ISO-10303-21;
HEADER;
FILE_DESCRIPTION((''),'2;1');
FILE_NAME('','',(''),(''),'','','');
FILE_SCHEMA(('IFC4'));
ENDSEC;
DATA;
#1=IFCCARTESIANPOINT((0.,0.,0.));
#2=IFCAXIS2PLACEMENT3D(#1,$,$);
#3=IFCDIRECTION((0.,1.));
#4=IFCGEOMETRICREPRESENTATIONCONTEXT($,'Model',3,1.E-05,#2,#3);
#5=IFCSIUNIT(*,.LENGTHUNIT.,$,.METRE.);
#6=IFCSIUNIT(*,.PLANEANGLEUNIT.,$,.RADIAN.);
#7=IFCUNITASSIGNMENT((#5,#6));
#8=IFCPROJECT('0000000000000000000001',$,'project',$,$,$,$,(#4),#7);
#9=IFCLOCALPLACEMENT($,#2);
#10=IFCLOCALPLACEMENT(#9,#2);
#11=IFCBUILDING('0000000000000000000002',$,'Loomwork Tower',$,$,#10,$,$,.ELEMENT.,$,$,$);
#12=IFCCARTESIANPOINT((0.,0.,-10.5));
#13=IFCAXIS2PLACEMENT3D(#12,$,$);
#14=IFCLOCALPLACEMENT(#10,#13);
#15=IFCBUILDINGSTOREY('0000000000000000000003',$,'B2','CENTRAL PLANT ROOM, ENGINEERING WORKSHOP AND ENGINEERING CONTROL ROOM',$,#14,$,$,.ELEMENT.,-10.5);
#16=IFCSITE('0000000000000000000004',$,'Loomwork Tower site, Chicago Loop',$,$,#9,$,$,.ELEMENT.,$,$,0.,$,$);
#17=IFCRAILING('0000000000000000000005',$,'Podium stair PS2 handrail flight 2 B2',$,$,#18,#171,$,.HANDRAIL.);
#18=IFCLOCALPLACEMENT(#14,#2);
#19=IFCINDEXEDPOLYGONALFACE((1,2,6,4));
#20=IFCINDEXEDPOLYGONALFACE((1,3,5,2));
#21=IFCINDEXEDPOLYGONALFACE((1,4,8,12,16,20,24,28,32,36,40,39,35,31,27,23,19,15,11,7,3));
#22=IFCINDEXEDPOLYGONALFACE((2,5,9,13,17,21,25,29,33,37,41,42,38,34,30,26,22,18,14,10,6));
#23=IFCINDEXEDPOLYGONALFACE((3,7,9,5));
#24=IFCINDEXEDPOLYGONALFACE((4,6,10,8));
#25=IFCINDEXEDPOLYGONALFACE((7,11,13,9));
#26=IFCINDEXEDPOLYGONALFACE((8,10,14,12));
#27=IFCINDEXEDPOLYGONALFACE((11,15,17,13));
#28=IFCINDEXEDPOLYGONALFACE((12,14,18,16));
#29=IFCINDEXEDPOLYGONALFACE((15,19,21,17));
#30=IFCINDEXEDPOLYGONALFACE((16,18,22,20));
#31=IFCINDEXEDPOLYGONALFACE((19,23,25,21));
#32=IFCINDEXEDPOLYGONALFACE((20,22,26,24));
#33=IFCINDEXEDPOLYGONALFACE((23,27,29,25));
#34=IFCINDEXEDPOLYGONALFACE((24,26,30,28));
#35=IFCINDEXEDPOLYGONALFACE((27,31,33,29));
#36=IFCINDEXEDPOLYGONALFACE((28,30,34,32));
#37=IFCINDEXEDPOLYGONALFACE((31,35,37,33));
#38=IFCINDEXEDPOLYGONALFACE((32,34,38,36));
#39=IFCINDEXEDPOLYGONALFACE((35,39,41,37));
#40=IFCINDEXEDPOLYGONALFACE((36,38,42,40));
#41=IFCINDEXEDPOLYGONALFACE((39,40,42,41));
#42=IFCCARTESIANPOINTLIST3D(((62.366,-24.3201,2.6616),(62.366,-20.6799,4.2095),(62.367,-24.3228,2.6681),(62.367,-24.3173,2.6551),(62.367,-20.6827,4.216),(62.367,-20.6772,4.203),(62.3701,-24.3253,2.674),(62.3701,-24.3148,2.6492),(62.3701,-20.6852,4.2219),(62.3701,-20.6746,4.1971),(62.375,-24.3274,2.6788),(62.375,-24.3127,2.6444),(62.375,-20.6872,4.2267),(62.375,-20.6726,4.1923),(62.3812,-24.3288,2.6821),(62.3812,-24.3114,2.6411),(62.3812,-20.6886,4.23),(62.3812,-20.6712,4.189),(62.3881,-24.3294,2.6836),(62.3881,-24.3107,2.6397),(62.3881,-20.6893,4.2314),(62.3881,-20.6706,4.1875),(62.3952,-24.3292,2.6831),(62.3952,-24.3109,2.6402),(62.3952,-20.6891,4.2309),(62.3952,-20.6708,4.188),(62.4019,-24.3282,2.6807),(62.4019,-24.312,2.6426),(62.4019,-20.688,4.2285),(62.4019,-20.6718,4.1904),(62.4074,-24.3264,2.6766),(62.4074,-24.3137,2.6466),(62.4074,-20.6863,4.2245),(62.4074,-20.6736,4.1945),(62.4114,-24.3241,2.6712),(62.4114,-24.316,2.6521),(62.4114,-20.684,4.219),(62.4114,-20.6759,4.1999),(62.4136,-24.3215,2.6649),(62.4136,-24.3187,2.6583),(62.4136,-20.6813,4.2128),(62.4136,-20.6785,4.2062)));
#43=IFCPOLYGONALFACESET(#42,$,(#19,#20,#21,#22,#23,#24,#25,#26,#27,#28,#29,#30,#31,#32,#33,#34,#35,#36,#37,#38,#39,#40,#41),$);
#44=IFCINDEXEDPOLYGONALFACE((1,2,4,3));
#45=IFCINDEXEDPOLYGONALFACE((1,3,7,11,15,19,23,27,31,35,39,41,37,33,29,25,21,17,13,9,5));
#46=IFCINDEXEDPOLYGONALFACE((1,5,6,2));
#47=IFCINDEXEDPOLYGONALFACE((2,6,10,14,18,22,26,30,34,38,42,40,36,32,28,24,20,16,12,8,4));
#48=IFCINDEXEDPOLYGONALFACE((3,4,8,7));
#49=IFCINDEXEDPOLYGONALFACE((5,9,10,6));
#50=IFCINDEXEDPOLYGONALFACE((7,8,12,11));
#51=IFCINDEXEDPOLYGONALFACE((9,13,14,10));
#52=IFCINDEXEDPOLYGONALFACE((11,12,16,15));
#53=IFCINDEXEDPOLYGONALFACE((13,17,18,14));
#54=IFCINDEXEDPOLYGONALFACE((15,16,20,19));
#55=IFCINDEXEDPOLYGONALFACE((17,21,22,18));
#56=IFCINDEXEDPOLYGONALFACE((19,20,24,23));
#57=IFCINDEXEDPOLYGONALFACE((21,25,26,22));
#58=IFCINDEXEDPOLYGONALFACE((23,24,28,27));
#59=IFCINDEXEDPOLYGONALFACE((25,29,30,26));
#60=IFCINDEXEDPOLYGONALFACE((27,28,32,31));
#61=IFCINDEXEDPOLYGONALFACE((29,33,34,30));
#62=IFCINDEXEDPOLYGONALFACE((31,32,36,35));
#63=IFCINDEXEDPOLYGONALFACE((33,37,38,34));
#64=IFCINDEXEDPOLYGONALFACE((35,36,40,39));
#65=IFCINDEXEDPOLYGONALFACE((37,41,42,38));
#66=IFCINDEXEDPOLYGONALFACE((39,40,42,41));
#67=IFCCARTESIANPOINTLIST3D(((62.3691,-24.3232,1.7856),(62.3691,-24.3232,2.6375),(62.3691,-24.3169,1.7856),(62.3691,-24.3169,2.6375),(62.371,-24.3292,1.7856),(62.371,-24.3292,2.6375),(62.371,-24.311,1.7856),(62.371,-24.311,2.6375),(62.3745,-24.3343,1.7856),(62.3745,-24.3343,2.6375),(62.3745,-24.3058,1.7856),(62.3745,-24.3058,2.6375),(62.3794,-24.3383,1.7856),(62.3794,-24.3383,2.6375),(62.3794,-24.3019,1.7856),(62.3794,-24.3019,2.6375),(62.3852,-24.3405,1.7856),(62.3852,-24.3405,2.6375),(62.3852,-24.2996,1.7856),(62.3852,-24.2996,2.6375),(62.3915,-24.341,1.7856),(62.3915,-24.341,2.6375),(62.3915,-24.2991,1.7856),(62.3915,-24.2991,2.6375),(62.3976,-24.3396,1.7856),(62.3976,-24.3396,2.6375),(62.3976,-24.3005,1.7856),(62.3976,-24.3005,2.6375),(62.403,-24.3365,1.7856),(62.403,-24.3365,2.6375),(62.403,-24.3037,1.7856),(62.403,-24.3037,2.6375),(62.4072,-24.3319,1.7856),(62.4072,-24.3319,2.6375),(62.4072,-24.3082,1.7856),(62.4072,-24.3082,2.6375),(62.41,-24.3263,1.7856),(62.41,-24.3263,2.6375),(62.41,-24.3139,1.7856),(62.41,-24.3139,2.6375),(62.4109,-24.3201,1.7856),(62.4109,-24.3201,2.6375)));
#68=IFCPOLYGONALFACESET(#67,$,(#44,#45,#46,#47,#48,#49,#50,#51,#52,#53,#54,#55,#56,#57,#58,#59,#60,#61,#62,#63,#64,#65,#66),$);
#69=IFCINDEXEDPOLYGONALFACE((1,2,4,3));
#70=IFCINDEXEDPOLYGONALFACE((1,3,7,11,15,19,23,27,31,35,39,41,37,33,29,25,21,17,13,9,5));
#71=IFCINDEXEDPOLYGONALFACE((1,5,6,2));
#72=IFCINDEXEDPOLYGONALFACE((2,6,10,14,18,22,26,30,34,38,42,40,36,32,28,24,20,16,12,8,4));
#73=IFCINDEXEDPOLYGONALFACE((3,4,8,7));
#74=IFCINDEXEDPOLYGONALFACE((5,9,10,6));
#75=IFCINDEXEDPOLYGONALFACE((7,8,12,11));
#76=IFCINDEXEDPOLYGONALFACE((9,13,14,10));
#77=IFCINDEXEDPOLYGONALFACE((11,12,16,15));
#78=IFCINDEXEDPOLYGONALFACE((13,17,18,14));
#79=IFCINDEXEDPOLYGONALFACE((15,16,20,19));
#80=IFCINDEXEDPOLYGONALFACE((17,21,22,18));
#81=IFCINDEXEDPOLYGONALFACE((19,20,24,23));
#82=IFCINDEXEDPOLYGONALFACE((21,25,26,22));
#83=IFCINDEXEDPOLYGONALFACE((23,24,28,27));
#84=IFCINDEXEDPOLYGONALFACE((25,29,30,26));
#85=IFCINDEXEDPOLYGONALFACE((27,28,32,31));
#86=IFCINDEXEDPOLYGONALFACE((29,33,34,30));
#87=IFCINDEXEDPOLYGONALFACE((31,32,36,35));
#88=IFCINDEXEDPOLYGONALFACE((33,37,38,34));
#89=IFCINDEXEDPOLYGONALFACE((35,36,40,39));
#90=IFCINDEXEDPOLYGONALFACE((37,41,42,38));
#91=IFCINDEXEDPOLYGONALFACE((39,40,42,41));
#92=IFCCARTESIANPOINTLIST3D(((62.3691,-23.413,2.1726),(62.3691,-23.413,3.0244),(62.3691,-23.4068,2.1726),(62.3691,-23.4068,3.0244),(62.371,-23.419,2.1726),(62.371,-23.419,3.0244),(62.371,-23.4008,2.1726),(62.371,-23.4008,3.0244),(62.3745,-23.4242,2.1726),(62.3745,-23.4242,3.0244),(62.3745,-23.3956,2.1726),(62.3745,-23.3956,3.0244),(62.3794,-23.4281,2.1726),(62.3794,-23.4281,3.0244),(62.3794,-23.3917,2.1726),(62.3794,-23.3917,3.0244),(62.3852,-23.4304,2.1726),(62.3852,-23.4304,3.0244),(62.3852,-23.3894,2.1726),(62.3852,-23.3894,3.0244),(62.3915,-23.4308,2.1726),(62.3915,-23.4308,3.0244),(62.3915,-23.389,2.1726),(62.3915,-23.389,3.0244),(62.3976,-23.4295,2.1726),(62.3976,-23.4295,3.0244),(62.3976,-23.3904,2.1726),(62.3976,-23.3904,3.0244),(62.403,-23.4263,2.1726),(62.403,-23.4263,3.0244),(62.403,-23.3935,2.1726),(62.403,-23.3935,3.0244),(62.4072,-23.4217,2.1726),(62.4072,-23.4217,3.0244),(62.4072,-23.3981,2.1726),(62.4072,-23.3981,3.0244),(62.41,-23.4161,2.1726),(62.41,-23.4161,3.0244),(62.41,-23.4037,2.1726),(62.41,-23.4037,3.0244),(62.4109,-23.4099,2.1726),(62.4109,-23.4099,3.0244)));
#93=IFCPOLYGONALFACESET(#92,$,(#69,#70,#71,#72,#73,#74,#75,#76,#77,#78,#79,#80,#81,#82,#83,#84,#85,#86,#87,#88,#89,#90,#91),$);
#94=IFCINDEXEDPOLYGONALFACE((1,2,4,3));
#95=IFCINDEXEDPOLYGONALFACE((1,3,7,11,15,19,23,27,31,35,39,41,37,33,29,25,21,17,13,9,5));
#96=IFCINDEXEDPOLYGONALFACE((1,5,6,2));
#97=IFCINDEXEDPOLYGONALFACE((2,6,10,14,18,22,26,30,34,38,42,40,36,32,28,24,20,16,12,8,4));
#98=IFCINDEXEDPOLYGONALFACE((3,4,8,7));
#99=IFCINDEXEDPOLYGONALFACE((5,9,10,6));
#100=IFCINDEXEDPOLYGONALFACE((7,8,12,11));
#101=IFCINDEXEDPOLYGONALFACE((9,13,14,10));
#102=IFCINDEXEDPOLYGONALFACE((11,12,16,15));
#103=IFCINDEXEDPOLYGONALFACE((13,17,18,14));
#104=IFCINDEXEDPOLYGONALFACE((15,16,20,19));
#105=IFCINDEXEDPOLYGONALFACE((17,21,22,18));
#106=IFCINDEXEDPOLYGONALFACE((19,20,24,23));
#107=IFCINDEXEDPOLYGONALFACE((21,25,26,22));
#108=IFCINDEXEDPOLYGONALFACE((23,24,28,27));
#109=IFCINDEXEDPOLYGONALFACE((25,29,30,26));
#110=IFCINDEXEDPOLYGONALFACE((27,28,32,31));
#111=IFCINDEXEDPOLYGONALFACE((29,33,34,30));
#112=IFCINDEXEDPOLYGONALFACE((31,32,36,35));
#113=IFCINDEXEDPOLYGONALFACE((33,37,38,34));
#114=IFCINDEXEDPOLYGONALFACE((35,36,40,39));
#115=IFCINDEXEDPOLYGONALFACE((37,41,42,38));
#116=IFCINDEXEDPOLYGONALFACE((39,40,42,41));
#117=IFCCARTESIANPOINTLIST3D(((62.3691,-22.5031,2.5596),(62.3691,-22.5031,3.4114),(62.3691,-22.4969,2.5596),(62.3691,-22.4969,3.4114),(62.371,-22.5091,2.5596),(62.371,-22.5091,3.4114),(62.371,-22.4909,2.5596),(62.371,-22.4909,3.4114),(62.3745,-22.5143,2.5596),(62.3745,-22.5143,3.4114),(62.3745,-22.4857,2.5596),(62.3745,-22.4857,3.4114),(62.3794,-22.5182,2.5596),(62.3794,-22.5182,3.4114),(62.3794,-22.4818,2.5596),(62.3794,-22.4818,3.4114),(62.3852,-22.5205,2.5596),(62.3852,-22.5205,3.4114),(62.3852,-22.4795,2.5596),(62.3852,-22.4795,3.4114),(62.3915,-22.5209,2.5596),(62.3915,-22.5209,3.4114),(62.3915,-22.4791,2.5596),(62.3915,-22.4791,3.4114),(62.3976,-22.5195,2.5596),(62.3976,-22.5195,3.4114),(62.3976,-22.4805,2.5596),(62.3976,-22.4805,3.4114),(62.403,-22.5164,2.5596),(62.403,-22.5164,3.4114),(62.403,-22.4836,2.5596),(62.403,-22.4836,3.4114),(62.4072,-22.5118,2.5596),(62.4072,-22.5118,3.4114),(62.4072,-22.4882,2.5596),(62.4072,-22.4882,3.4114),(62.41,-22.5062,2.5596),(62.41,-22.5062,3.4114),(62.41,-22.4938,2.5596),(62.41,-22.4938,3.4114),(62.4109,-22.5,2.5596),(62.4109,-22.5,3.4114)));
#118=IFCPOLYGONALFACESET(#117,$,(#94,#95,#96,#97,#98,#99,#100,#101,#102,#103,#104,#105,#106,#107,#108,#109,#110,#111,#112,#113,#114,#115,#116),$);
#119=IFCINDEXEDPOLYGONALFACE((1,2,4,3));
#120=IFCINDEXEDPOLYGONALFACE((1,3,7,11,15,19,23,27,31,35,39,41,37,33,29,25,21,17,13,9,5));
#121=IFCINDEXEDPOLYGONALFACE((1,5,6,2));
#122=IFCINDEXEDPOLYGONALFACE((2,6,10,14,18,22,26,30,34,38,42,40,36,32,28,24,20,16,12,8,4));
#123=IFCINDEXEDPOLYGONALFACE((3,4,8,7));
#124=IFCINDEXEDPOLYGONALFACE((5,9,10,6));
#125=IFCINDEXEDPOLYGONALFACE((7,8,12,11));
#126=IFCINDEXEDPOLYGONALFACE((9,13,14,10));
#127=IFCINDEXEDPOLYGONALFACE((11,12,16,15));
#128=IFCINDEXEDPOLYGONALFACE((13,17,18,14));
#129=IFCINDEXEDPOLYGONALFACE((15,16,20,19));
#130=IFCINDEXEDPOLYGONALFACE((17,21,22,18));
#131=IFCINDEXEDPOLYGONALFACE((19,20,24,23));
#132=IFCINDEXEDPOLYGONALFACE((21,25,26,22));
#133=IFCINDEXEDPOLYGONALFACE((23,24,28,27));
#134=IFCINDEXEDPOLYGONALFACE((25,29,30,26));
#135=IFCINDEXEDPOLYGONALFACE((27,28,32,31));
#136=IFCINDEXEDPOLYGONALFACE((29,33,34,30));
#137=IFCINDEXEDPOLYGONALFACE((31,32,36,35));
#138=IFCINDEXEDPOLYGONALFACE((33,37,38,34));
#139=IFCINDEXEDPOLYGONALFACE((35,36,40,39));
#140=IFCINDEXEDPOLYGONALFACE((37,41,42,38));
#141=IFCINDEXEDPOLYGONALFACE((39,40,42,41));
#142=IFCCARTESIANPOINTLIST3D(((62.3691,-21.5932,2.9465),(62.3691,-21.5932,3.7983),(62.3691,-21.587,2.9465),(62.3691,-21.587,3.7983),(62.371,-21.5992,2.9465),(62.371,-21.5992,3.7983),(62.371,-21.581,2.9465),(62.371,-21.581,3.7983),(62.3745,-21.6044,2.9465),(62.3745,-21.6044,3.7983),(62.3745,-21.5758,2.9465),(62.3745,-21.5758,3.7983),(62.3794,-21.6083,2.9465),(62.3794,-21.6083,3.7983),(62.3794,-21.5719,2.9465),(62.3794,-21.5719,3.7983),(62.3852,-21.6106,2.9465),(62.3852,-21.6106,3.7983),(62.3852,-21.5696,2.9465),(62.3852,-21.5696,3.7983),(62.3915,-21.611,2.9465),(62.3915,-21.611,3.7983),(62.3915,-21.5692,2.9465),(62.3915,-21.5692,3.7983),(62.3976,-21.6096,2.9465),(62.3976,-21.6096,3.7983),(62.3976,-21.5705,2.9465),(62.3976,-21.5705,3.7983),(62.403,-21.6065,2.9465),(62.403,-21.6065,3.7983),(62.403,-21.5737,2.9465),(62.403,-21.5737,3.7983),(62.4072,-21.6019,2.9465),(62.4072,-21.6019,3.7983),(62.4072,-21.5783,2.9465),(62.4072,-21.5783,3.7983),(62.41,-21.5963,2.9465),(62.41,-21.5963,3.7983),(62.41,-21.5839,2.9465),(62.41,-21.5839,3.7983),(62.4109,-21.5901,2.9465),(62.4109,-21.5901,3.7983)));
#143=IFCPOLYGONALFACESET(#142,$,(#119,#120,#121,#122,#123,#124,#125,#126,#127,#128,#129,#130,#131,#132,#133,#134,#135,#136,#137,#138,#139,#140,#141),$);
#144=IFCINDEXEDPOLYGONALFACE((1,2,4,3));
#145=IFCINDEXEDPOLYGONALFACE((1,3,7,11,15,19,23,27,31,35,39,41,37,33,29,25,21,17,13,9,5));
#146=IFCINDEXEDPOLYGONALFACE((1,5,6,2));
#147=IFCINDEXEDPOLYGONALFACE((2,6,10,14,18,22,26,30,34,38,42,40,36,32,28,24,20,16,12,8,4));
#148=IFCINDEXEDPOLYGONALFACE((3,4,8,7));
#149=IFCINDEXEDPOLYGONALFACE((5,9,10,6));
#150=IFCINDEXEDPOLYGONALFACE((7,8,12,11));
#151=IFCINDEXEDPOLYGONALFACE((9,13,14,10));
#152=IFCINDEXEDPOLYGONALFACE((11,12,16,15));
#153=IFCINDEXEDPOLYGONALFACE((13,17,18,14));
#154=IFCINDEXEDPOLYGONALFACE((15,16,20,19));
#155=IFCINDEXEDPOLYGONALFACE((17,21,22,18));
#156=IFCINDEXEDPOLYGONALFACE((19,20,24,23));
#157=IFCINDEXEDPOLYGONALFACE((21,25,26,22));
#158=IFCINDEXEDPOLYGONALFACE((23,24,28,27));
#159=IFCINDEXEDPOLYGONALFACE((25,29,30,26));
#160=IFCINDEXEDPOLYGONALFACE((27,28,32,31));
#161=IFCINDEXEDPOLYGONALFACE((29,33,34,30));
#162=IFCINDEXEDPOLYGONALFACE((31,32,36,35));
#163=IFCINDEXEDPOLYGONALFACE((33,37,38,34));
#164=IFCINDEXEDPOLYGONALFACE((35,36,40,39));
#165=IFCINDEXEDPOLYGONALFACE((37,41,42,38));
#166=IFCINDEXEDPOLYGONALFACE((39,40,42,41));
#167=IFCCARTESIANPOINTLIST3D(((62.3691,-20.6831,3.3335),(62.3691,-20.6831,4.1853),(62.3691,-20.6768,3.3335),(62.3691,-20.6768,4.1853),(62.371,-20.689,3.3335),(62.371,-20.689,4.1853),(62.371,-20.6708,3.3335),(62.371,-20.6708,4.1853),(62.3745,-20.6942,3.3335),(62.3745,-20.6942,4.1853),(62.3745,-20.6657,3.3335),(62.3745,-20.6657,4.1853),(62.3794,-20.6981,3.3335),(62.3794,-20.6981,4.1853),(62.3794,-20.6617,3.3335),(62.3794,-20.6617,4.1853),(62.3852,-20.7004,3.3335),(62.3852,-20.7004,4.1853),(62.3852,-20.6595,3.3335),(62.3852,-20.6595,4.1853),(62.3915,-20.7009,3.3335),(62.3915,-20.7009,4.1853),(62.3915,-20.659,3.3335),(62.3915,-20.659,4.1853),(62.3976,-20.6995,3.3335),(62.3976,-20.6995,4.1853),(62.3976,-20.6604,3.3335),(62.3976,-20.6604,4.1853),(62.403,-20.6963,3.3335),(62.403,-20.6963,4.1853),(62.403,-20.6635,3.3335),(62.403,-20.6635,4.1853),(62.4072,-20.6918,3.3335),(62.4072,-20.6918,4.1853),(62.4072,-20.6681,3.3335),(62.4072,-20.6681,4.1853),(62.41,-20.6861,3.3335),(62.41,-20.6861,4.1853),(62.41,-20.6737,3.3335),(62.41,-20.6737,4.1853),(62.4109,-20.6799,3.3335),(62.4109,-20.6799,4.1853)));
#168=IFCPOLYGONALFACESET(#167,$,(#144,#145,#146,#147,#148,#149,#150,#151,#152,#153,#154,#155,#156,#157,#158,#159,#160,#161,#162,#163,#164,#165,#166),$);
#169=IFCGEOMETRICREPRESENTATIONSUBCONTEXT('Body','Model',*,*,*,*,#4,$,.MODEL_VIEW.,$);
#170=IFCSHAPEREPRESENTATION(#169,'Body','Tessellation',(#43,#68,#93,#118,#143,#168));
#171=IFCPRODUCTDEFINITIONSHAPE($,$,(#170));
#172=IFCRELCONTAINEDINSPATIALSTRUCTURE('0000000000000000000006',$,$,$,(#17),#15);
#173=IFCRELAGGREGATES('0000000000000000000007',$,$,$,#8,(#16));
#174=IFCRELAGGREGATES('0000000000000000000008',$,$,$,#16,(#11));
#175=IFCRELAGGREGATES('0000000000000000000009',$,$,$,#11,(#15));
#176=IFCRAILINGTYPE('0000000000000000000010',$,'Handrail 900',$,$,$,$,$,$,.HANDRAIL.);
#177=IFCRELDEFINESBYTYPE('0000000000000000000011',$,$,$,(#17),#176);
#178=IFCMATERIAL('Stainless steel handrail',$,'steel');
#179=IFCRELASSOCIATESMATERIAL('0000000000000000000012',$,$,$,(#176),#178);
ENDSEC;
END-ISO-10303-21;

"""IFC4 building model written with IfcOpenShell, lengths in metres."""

from ifc_helpers import new_model, si_unit, direction, frame, origin, origin_2d, place, context, subcontext, project, spatial, circle, extrude, material, type_object, element, save


model = new_model("IFC4")

# Units and contexts
model_context = context("Model", 3, precision=1e-05, world=origin(), true_north=direction((0.0, 1.0)))
body_context = subcontext(model_context, "Body", "Model", "MODEL_VIEW")
ifc_project = project(units=[si_unit("LENGTHUNIT", "METRE"), si_unit("PLANEANGLEUNIT", "RADIAN")], contexts=[model_context])

# Site, building, storey
site_placement = place(None, origin())
site = spatial("IfcSite", under=ifc_project, at=site_placement, Name="Loomwork Tower site, Chicago Loop", CompositionType="ELEMENT", RefElevation=0.0)
building_placement = place(site_placement, origin())
building = spatial("IfcBuilding", under=site, at=building_placement, Name="Loomwork Tower", CompositionType="ELEMENT")
storey_placement = place(building_placement, frame((0.0, 0.0, -10.5)))
storey = spatial("IfcBuildingStorey", under=building, at=storey_placement, Name="B2", Description="CENTRAL PLANT ROOM, ENGINEERING WORKSHOP AND ENGINEERING CONTROL ROOM", CompositionType="ELEMENT", Elevation=-10.5)

# Railing
ifc_material_1 = material(Name="Stainless steel handrail", Category="steel")
railing_type = type_object("IfcRailingType", Name="Handrail 900", PredefinedType="HANDRAIL", material=ifc_material_1)
railing_1_placement = place(storey_placement, frame((62.3899, -24.3201, 1.7856)))
element("IfcRailing", 1, at=railing_1_placement, inside=storey, type_object=railing_type, Name="Podium stair PS2 handrail flight 2 B2", PredefinedType="HANDRAIL", context=body_context, shape_type="SweptSolid", body=[
    extrude(circle(Radius=0.0239, at=origin_2d()), frame((0.0, 0.0, 0.876), z_axis=(0.0, 0.920259, 0.391311), x_axis=(-1.0, 0.0, 0.0)), (0.0, 0.0, 1.0), 3.9556),
    extrude(circle(Radius=0.021, at=origin_2d()), origin(), (0.0, 0.0, 1.0), 0.8518),
    extrude(circle(Radius=0.021, at=origin_2d()), frame((0.0, 0.9102, 0.387)), (0.0, 0.0, 1.0), 0.8518),
    extrude(circle(Radius=0.021, at=origin_2d()), frame((0.0, 1.8201, 0.7739)), (0.0, 0.0, 1.0), 0.8518),
    extrude(circle(Radius=0.021, at=origin_2d()), frame((0.0, 2.73, 1.1609)), (0.0, 0.0, 1.0), 0.8518),
    extrude(circle(Radius=0.021, at=origin_2d()), frame((0.0, 3.6401, 1.5479)), (0.0, 0.0, 1.0), 0.8518),
])

save(model, "model.ifc")
